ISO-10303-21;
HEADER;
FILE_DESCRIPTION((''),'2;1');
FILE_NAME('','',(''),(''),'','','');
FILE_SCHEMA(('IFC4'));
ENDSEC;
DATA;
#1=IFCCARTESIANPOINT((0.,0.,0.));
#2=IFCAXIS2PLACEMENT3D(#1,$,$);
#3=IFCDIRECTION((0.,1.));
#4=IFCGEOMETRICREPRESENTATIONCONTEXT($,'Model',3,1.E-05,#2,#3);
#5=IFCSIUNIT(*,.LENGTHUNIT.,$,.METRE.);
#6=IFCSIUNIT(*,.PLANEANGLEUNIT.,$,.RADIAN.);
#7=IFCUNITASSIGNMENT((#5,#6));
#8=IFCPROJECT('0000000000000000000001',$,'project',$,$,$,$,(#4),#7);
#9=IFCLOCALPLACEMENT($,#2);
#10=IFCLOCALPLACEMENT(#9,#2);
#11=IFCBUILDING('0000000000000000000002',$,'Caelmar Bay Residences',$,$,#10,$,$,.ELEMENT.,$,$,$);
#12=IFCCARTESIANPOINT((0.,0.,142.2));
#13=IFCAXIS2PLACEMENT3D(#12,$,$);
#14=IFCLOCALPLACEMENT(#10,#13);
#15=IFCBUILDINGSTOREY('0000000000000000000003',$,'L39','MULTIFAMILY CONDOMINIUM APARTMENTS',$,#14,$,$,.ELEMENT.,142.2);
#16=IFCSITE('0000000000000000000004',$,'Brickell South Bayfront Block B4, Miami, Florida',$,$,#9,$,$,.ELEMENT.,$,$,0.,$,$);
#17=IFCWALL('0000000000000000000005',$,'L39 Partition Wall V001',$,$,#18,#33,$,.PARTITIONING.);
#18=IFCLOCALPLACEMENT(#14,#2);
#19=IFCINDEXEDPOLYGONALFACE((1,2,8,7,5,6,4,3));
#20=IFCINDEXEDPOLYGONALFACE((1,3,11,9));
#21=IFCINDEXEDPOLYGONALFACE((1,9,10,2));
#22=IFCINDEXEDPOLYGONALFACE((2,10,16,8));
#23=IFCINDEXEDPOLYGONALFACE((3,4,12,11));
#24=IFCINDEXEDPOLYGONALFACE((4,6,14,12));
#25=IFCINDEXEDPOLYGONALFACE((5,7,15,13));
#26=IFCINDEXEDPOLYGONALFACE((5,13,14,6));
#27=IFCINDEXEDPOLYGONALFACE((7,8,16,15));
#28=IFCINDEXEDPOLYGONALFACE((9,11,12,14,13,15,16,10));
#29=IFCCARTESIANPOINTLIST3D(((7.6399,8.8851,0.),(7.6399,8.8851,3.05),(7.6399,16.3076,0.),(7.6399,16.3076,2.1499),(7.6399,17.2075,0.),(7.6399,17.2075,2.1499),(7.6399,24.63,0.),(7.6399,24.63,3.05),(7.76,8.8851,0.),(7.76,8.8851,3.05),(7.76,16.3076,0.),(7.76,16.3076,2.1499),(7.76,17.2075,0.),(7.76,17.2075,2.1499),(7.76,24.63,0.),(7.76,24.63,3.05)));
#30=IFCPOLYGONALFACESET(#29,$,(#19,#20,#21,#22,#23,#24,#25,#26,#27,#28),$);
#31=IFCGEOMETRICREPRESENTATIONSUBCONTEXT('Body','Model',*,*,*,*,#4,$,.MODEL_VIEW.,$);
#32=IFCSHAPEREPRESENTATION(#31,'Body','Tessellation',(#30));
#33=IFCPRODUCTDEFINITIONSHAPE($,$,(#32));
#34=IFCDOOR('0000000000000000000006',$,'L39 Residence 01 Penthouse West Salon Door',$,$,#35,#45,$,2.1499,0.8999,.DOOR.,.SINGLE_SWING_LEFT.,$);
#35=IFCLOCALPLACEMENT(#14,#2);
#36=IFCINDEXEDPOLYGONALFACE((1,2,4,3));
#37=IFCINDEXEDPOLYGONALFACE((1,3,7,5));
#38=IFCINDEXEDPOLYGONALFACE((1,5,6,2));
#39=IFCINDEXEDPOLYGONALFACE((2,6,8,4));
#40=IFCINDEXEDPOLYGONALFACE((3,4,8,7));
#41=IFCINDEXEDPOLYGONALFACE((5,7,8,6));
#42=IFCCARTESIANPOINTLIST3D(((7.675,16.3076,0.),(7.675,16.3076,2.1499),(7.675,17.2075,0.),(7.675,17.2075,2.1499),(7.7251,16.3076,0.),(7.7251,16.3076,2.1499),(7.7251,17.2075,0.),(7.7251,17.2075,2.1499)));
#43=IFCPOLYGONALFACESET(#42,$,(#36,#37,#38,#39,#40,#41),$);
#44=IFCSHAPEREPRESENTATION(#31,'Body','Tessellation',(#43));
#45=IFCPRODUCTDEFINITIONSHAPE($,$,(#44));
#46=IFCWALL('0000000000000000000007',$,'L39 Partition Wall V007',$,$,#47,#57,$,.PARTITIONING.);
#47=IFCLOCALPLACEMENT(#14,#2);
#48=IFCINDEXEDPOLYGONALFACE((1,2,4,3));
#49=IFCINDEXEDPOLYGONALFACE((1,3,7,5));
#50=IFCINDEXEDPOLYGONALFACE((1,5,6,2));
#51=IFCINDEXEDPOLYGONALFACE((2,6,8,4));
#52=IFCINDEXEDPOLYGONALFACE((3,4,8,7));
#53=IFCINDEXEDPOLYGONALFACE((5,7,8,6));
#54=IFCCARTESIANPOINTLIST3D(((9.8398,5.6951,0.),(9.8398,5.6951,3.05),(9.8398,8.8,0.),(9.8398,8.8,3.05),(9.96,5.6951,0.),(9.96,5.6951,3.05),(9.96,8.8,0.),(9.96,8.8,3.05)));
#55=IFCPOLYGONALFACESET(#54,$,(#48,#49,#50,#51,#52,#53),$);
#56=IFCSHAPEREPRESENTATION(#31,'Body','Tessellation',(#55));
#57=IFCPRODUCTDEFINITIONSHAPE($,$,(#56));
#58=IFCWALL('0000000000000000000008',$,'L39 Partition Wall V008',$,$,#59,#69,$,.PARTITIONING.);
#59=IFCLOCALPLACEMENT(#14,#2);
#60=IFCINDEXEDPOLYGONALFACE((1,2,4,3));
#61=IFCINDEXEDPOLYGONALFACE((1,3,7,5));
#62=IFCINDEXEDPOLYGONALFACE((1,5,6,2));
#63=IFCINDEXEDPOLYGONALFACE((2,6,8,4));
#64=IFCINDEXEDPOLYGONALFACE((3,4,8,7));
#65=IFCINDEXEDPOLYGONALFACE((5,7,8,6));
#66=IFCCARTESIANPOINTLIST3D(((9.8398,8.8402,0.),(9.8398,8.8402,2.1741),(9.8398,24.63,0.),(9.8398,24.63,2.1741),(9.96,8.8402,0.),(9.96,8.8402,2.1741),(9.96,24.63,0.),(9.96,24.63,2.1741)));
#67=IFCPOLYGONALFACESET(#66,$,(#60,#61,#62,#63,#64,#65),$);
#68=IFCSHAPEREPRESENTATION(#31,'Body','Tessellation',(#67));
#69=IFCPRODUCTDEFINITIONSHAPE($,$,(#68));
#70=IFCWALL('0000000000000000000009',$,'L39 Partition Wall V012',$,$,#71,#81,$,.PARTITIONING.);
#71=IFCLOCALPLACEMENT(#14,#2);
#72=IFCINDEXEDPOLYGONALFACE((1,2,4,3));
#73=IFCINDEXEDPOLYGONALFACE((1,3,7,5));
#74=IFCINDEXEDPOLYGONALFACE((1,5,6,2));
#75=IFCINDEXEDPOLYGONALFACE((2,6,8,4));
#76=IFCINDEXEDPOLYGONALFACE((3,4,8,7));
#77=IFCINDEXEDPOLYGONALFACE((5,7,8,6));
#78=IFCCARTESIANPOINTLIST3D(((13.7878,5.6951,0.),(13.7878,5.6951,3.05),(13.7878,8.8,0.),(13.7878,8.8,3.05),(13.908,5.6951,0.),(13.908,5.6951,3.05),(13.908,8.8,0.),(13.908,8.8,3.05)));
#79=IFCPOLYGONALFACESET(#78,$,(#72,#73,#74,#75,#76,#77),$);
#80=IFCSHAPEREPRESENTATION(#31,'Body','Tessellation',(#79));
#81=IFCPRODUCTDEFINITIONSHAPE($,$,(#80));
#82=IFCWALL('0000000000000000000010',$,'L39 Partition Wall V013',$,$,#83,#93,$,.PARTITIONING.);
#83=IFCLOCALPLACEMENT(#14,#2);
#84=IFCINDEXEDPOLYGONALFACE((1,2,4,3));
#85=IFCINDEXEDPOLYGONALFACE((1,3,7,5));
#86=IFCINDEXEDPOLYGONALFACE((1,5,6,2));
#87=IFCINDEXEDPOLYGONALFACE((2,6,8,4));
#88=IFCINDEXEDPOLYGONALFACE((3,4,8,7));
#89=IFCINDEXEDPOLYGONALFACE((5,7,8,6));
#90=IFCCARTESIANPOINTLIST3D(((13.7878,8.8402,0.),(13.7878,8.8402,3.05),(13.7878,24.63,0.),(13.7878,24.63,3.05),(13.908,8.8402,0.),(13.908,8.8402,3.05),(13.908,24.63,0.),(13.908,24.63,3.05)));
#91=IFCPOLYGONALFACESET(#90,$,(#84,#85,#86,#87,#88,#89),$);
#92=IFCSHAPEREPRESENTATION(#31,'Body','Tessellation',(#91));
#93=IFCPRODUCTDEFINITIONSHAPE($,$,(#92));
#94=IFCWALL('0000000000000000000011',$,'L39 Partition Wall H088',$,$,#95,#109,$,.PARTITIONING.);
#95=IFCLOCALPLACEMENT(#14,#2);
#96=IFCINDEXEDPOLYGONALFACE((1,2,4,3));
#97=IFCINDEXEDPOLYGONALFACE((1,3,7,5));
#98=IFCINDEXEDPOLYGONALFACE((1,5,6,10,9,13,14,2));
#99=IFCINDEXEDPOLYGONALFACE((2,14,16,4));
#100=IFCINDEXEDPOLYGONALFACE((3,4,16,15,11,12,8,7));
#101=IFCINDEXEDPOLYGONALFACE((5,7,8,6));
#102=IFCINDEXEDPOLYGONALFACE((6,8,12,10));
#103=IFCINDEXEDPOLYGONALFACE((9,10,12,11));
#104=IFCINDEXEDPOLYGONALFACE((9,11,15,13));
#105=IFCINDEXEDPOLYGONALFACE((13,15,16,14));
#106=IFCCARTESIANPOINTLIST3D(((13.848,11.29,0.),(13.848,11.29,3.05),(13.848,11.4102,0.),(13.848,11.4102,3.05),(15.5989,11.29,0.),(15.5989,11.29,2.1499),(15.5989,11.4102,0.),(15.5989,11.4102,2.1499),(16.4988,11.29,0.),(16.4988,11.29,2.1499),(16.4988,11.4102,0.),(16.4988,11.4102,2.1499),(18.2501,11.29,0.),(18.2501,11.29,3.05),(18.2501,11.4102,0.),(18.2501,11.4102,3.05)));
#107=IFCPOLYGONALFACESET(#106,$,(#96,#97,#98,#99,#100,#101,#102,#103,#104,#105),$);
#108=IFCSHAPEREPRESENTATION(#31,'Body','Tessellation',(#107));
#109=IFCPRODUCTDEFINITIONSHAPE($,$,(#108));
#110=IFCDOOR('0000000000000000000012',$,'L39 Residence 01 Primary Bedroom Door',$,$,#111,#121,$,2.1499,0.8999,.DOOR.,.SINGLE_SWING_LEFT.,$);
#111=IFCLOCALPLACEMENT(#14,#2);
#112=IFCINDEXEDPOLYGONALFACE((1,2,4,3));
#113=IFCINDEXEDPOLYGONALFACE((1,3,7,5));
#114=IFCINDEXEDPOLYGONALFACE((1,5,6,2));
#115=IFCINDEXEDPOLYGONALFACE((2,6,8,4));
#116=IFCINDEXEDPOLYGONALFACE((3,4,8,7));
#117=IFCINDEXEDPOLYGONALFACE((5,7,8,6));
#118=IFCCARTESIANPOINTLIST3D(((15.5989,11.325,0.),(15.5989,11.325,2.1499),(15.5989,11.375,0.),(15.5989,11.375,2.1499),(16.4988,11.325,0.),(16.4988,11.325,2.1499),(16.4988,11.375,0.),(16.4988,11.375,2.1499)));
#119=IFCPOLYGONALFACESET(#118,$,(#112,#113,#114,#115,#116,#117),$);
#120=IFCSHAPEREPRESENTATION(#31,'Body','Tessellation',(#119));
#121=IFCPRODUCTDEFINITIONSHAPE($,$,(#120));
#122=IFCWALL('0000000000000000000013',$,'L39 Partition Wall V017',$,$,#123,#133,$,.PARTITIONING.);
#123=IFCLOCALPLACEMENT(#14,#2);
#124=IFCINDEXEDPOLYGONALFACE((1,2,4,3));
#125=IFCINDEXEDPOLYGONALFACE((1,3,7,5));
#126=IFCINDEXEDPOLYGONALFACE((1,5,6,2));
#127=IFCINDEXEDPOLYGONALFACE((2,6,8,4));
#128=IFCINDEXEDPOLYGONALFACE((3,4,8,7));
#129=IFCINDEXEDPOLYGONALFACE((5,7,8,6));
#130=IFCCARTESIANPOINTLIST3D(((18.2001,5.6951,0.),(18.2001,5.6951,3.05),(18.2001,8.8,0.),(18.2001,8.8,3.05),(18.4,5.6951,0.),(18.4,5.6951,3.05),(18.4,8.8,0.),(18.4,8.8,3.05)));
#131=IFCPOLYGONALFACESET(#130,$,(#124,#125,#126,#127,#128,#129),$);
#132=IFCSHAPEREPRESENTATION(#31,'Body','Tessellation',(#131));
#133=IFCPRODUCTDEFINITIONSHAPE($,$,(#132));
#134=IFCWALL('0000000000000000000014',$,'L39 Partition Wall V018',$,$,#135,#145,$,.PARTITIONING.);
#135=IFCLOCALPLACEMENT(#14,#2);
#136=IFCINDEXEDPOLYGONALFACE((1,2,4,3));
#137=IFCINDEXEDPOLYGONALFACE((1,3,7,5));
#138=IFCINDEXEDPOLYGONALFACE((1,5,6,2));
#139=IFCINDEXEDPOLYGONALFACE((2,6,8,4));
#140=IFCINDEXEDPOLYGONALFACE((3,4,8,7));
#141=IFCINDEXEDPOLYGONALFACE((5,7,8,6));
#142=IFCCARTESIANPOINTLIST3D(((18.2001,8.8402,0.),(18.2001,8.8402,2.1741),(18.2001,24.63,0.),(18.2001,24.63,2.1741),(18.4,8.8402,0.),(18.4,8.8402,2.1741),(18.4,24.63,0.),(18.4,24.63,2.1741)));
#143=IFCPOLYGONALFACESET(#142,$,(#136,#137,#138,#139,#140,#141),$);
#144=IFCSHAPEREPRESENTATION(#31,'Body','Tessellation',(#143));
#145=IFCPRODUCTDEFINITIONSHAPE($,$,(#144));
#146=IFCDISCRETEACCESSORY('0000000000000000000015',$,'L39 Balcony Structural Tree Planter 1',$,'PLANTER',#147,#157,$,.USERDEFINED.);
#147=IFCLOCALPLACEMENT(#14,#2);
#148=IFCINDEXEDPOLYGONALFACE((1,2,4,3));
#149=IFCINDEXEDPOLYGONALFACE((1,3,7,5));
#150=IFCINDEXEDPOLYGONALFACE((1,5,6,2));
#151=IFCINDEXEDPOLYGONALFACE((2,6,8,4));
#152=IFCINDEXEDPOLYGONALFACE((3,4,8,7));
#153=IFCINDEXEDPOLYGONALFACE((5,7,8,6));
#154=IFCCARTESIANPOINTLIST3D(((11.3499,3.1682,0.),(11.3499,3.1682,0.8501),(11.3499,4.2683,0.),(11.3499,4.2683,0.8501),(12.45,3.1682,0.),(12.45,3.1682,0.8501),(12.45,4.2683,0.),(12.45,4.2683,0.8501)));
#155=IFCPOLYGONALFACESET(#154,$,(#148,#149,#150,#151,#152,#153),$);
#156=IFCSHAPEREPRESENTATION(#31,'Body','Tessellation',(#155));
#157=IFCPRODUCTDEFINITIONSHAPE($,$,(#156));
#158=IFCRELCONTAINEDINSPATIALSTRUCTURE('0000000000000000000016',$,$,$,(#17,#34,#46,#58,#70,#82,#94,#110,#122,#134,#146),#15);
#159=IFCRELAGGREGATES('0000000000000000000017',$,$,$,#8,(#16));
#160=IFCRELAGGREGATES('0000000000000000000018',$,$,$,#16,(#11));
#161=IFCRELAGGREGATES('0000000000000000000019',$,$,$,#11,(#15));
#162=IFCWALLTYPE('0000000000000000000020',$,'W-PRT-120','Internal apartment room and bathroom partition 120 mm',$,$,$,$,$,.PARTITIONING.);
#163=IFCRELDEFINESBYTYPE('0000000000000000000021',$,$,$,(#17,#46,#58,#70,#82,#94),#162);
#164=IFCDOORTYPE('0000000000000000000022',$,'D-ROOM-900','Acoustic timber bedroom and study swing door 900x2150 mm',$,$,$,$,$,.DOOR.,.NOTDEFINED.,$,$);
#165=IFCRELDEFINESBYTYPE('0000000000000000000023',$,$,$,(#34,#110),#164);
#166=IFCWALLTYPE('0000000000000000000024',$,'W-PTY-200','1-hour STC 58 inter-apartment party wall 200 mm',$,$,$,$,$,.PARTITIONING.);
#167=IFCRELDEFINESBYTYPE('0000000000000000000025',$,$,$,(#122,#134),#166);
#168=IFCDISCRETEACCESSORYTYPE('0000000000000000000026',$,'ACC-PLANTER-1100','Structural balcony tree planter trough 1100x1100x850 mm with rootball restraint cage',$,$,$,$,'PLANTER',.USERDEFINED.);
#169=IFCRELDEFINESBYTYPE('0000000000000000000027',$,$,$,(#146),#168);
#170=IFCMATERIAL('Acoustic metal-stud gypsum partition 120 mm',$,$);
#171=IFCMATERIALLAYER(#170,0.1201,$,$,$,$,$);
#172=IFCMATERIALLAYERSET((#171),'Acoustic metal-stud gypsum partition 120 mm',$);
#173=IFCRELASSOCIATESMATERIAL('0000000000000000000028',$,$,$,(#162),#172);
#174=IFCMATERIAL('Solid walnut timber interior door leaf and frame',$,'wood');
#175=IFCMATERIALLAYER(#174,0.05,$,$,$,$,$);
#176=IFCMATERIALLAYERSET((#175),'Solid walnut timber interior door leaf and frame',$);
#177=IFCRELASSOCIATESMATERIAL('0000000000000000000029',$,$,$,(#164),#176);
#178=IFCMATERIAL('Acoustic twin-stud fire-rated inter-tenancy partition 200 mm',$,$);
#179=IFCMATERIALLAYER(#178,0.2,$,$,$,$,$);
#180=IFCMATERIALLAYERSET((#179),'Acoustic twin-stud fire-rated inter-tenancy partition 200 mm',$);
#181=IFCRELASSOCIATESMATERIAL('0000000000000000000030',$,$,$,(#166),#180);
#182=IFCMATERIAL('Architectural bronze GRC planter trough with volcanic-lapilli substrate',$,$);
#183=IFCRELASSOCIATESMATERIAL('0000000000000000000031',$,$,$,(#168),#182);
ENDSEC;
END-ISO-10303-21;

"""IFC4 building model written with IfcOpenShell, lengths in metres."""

from ifc_helpers import new_model, si_unit, direction, frame, frame_2d, origin, origin_2d, place, context, subcontext, project, spatial, rectangle, extrude, material, layer, layer_set, type_object, element, fill, save


model = new_model("IFC4")

# Units and contexts
model_context = context("Model", 3, precision=1e-05, world=origin(), true_north=direction((0.0, 1.0)))
body_context = subcontext(model_context, "Body", "Model", "MODEL_VIEW")
ifc_project = project(units=[si_unit("LENGTHUNIT", "METRE"), si_unit("PLANEANGLEUNIT", "RADIAN")], contexts=[model_context])

# Site, building, storey
site_placement = place(None, origin())
site = spatial("IfcSite", under=ifc_project, at=site_placement, Name="Brickell South Bayfront Block B4, Miami, Florida", CompositionType="ELEMENT", RefElevation=0.0)
building_placement = place(site_placement, origin())
building = spatial("IfcBuilding", under=site, at=building_placement, Name="Caelmar Bay Residences", CompositionType="ELEMENT")
storey_placement = place(building_placement, frame((0.0, 0.0, 142.2)))
storey = spatial("IfcBuildingStorey", under=building, at=storey_placement, Name="L39", Description="MULTIFAMILY CONDOMINIUM APARTMENTS", CompositionType="ELEMENT", Elevation=142.2)

# Wall, opening, door
ifc_material_1 = material(Name="Acoustic metal-stud gypsum partition 120 mm")
ifc_layer_1 = layer(ifc_material_1, 0.1201)
ifc_layer_set_1 = layer_set([ifc_layer_1], Name="Acoustic metal-stud gypsum partition 120 mm")
wall_type_1 = type_object("IfcWallType", Name="W-PRT-120", Description="Internal apartment room and bathroom partition 120 mm", PredefinedType="PARTITIONING", material=ifc_layer_set_1)
wall_1_placement = place(storey_placement, frame((7.7, 8.885, 0.0), z_axis=(0.0, 0.0, 1.0), x_axis=(0.0, 1.0, 0.0)))
wall_1 = element("IfcWall", 1, at=wall_1_placement, inside=storey, type_object=wall_type_1, Name="L39 Partition Wall V001", PredefinedType="PARTITIONING", context=body_context, shape_type="SweptSolid", body=[
    extrude(rectangle(XDim=15.7449, YDim=0.1201, at=frame_2d((7.8726, 0.0))), origin(), (0.0, 0.0, 1.0), 3.05),
])
opening_1_placement = place(wall_1_placement, frame((7.4226, 0.0, 0.0)))
opening_1 = element("IfcOpeningElement", 2, at=opening_1_placement, cuts=wall_1, PredefinedType="OPENING", context=body_context, shape_type="SweptSolid", body=[
    extrude(rectangle(XDim=0.8999, YDim=2.1499, at=frame_2d((0.45, 1.075))), frame((0.0, 0.0701, 0.0), z_axis=(0.0, -1.0, 0.0), x_axis=(1.0, 0.0, 0.0)), (0.0, 0.0, 1.0), 0.1401),
])
ifc_material_2 = material(Name="Solid walnut timber interior door leaf and frame", Category="wood")
ifc_layer_2 = layer(ifc_material_2, 0.05)
ifc_layer_set_2 = layer_set([ifc_layer_2], Name="Solid walnut timber interior door leaf and frame")
door_type = type_object("IfcDoorType", Name="D-ROOM-900", Description="Acoustic timber bedroom and study swing door 900x2150 mm", OperationType="NOTDEFINED", PredefinedType="DOOR", material=ifc_layer_set_2)
door_1_placement = place(opening_1_placement, origin())
door_1 = element("IfcDoor", 3, at=door_1_placement, inside=storey, type_object=door_type, Name="L39 Residence 01 Penthouse West Salon Door", OperationType="SINGLE_SWING_LEFT", OverallHeight=2.1499, OverallWidth=0.8999, PredefinedType="DOOR", context=body_context, shape_type="SweptSolid", body=[
    extrude(rectangle(XDim=0.8999, YDim=2.1499, at=frame_2d((0.45, 1.075))), frame((0.0, 0.0249, 0.0), z_axis=(0.0, -1.0, 0.0), x_axis=(1.0, 0.0, 0.0)), (0.0, 0.0, 1.0), 0.05),
])
fill(opening_1, door_1)

# Walls
wall_2_placement = place(storey_placement, frame((9.8999, 5.6951, 0.0), z_axis=(0.0, 0.0, 1.0), x_axis=(0.0, 1.0, 0.0)))
element("IfcWall", 4, at=wall_2_placement, inside=storey, type_object=wall_type_1, Name="L39 Partition Wall V007", PredefinedType="PARTITIONING", context=body_context, shape_type="SweptSolid", body=[
    extrude(rectangle(XDim=3.105, YDim=0.1201, at=frame_2d((1.5525, 0.0))), origin(), (0.0, 0.0, 1.0), 3.05),
])
wall_3_placement = place(storey_placement, frame((9.8999, 8.8401, 0.0), z_axis=(0.0, 0.0, 1.0), x_axis=(0.0, 1.0, 0.0)))
element("IfcWall", 5, at=wall_3_placement, inside=storey, type_object=wall_type_1, Name="L39 Partition Wall V008", PredefinedType="PARTITIONING", context=body_context, shape_type="SweptSolid", body=[
    extrude(rectangle(XDim=15.7898, YDim=0.1201, at=frame_2d((7.895, 0.0))), origin(), (0.0, 0.0, 1.0), 2.1741),
])
wall_4_placement = place(storey_placement, frame((13.8479, 5.6951, 0.0), z_axis=(0.0, 0.0, 1.0), x_axis=(0.0, 1.0, 0.0)))
element("IfcWall", 6, at=wall_4_placement, inside=storey, type_object=wall_type_1, Name="L39 Partition Wall V012", PredefinedType="PARTITIONING", context=body_context, shape_type="SweptSolid", body=[
    extrude(rectangle(XDim=3.105, YDim=0.1201, at=frame_2d((1.5525, 0.0))), origin(), (0.0, 0.0, 1.0), 3.05),
])
wall_5_placement = place(storey_placement, frame((13.8479, 8.8401, 0.0), z_axis=(0.0, 0.0, 1.0), x_axis=(0.0, 1.0, 0.0)))
element("IfcWall", 7, at=wall_5_placement, inside=storey, type_object=wall_type_1, Name="L39 Partition Wall V013", PredefinedType="PARTITIONING", context=body_context, shape_type="SweptSolid", body=[
    extrude(rectangle(XDim=15.7898, YDim=0.1201, at=frame_2d((7.895, 0.0))), origin(), (0.0, 0.0, 1.0), 3.05),
])

# Wall, opening, door
wall_6_placement = place(storey_placement, frame((13.8479, 11.3501, 0.0), z_axis=(0.0, 0.0, 1.0), x_axis=(1.0, 0.0, 0.0)))
wall_6 = element("IfcWall", 8, at=wall_6_placement, inside=storey, type_object=wall_type_1, Name="L39 Partition Wall H088", PredefinedType="PARTITIONING", context=body_context, shape_type="SweptSolid", body=[
    extrude(rectangle(XDim=4.4021, YDim=0.1201, at=frame_2d((2.2012, 0.0))), origin(), (0.0, 0.0, 1.0), 3.05),
])
opening_2_placement = place(wall_6_placement, frame((1.751, 0.0, 0.0)))
opening_2 = element("IfcOpeningElement", 9, at=opening_2_placement, cuts=wall_6, PredefinedType="OPENING", context=body_context, shape_type="SweptSolid", body=[
    extrude(rectangle(XDim=0.8999, YDim=2.1499, at=frame_2d((0.45, 1.075))), frame((0.0, 0.0701, 0.0), z_axis=(0.0, -1.0, 0.0), x_axis=(1.0, 0.0, 0.0)), (0.0, 0.0, 1.0), 0.1401),
])
door_2_placement = place(opening_2_placement, origin())
door_2 = element("IfcDoor", 10, at=door_2_placement, inside=storey, type_object=door_type, Name="L39 Residence 01 Primary Bedroom Door", OperationType="SINGLE_SWING_LEFT", OverallHeight=2.1499, OverallWidth=0.8999, PredefinedType="DOOR", context=body_context, shape_type="SweptSolid", body=[
    extrude(rectangle(XDim=0.8999, YDim=2.1499, at=frame_2d((0.45, 1.075))), frame((0.0, 0.0249, 0.0), z_axis=(0.0, -1.0, 0.0), x_axis=(1.0, 0.0, 0.0)), (0.0, 0.0, 1.0), 0.05),
])
fill(opening_2, door_2)

# Walls
ifc_material_3 = material(Name="Acoustic twin-stud fire-rated inter-tenancy partition 200 mm")
ifc_layer_3 = layer(ifc_material_3, 0.2)
ifc_layer_set_3 = layer_set([ifc_layer_3], Name="Acoustic twin-stud fire-rated inter-tenancy partition 200 mm")
wall_type_2 = type_object("IfcWallType", Name="W-PTY-200", Description="1-hour STC 58 inter-apartment party wall 200 mm", PredefinedType="PARTITIONING", material=ifc_layer_set_3)
wall_7_placement = place(storey_placement, frame((18.3, 5.6951, 0.0), z_axis=(0.0, 0.0, 1.0), x_axis=(0.0, 1.0, 0.0)))
element("IfcWall", 11, at=wall_7_placement, inside=storey, type_object=wall_type_2, Name="L39 Partition Wall V017", PredefinedType="PARTITIONING", context=body_context, shape_type="SweptSolid", body=[
    extrude(rectangle(XDim=3.105, YDim=0.2, at=frame_2d((1.5525, 0.0))), origin(), (0.0, 0.0, 1.0), 3.05),
])
wall_8_placement = place(storey_placement, frame((18.3, 8.8401, 0.0), z_axis=(0.0, 0.0, 1.0), x_axis=(0.0, 1.0, 0.0)))
element("IfcWall", 12, at=wall_8_placement, inside=storey, type_object=wall_type_2, Name="L39 Partition Wall V018", PredefinedType="PARTITIONING", context=body_context, shape_type="SweptSolid", body=[
    extrude(rectangle(XDim=15.7898, YDim=0.2, at=frame_2d((7.895, 0.0))), origin(), (0.0, 0.0, 1.0), 2.1741),
])

# Discrete accessory
ifc_material_4 = material(Name="Architectural bronze GRC planter trough with volcanic-lapilli substrate")
discrete_accessory_type = type_object("IfcDiscreteAccessoryType", Name="ACC-PLANTER-1100", Description="Structural balcony tree planter trough 1100x1100x850 mm with rootball restraint cage", ElementType="PLANTER", PredefinedType="USERDEFINED", material=ifc_material_4)
discrete_accessory_placement = place(storey_placement, frame((11.8999, 3.7183, 0.0), z_axis=(0.0, 0.0, 1.0), x_axis=(1.0, 0.0, 0.0)))
element("IfcDiscreteAccessory", 13, at=discrete_accessory_placement, inside=storey, type_object=discrete_accessory_type, Name="L39 Balcony Structural Tree Planter 1", ObjectType="PLANTER", PredefinedType="USERDEFINED", context=body_context, shape_type="SweptSolid", body=[
    extrude(rectangle(XDim=1.1001, YDim=1.1001, at=origin_2d()), origin(), (0.0, 0.0, 1.0), 0.8501),
])

save(model, "model.ifc")
